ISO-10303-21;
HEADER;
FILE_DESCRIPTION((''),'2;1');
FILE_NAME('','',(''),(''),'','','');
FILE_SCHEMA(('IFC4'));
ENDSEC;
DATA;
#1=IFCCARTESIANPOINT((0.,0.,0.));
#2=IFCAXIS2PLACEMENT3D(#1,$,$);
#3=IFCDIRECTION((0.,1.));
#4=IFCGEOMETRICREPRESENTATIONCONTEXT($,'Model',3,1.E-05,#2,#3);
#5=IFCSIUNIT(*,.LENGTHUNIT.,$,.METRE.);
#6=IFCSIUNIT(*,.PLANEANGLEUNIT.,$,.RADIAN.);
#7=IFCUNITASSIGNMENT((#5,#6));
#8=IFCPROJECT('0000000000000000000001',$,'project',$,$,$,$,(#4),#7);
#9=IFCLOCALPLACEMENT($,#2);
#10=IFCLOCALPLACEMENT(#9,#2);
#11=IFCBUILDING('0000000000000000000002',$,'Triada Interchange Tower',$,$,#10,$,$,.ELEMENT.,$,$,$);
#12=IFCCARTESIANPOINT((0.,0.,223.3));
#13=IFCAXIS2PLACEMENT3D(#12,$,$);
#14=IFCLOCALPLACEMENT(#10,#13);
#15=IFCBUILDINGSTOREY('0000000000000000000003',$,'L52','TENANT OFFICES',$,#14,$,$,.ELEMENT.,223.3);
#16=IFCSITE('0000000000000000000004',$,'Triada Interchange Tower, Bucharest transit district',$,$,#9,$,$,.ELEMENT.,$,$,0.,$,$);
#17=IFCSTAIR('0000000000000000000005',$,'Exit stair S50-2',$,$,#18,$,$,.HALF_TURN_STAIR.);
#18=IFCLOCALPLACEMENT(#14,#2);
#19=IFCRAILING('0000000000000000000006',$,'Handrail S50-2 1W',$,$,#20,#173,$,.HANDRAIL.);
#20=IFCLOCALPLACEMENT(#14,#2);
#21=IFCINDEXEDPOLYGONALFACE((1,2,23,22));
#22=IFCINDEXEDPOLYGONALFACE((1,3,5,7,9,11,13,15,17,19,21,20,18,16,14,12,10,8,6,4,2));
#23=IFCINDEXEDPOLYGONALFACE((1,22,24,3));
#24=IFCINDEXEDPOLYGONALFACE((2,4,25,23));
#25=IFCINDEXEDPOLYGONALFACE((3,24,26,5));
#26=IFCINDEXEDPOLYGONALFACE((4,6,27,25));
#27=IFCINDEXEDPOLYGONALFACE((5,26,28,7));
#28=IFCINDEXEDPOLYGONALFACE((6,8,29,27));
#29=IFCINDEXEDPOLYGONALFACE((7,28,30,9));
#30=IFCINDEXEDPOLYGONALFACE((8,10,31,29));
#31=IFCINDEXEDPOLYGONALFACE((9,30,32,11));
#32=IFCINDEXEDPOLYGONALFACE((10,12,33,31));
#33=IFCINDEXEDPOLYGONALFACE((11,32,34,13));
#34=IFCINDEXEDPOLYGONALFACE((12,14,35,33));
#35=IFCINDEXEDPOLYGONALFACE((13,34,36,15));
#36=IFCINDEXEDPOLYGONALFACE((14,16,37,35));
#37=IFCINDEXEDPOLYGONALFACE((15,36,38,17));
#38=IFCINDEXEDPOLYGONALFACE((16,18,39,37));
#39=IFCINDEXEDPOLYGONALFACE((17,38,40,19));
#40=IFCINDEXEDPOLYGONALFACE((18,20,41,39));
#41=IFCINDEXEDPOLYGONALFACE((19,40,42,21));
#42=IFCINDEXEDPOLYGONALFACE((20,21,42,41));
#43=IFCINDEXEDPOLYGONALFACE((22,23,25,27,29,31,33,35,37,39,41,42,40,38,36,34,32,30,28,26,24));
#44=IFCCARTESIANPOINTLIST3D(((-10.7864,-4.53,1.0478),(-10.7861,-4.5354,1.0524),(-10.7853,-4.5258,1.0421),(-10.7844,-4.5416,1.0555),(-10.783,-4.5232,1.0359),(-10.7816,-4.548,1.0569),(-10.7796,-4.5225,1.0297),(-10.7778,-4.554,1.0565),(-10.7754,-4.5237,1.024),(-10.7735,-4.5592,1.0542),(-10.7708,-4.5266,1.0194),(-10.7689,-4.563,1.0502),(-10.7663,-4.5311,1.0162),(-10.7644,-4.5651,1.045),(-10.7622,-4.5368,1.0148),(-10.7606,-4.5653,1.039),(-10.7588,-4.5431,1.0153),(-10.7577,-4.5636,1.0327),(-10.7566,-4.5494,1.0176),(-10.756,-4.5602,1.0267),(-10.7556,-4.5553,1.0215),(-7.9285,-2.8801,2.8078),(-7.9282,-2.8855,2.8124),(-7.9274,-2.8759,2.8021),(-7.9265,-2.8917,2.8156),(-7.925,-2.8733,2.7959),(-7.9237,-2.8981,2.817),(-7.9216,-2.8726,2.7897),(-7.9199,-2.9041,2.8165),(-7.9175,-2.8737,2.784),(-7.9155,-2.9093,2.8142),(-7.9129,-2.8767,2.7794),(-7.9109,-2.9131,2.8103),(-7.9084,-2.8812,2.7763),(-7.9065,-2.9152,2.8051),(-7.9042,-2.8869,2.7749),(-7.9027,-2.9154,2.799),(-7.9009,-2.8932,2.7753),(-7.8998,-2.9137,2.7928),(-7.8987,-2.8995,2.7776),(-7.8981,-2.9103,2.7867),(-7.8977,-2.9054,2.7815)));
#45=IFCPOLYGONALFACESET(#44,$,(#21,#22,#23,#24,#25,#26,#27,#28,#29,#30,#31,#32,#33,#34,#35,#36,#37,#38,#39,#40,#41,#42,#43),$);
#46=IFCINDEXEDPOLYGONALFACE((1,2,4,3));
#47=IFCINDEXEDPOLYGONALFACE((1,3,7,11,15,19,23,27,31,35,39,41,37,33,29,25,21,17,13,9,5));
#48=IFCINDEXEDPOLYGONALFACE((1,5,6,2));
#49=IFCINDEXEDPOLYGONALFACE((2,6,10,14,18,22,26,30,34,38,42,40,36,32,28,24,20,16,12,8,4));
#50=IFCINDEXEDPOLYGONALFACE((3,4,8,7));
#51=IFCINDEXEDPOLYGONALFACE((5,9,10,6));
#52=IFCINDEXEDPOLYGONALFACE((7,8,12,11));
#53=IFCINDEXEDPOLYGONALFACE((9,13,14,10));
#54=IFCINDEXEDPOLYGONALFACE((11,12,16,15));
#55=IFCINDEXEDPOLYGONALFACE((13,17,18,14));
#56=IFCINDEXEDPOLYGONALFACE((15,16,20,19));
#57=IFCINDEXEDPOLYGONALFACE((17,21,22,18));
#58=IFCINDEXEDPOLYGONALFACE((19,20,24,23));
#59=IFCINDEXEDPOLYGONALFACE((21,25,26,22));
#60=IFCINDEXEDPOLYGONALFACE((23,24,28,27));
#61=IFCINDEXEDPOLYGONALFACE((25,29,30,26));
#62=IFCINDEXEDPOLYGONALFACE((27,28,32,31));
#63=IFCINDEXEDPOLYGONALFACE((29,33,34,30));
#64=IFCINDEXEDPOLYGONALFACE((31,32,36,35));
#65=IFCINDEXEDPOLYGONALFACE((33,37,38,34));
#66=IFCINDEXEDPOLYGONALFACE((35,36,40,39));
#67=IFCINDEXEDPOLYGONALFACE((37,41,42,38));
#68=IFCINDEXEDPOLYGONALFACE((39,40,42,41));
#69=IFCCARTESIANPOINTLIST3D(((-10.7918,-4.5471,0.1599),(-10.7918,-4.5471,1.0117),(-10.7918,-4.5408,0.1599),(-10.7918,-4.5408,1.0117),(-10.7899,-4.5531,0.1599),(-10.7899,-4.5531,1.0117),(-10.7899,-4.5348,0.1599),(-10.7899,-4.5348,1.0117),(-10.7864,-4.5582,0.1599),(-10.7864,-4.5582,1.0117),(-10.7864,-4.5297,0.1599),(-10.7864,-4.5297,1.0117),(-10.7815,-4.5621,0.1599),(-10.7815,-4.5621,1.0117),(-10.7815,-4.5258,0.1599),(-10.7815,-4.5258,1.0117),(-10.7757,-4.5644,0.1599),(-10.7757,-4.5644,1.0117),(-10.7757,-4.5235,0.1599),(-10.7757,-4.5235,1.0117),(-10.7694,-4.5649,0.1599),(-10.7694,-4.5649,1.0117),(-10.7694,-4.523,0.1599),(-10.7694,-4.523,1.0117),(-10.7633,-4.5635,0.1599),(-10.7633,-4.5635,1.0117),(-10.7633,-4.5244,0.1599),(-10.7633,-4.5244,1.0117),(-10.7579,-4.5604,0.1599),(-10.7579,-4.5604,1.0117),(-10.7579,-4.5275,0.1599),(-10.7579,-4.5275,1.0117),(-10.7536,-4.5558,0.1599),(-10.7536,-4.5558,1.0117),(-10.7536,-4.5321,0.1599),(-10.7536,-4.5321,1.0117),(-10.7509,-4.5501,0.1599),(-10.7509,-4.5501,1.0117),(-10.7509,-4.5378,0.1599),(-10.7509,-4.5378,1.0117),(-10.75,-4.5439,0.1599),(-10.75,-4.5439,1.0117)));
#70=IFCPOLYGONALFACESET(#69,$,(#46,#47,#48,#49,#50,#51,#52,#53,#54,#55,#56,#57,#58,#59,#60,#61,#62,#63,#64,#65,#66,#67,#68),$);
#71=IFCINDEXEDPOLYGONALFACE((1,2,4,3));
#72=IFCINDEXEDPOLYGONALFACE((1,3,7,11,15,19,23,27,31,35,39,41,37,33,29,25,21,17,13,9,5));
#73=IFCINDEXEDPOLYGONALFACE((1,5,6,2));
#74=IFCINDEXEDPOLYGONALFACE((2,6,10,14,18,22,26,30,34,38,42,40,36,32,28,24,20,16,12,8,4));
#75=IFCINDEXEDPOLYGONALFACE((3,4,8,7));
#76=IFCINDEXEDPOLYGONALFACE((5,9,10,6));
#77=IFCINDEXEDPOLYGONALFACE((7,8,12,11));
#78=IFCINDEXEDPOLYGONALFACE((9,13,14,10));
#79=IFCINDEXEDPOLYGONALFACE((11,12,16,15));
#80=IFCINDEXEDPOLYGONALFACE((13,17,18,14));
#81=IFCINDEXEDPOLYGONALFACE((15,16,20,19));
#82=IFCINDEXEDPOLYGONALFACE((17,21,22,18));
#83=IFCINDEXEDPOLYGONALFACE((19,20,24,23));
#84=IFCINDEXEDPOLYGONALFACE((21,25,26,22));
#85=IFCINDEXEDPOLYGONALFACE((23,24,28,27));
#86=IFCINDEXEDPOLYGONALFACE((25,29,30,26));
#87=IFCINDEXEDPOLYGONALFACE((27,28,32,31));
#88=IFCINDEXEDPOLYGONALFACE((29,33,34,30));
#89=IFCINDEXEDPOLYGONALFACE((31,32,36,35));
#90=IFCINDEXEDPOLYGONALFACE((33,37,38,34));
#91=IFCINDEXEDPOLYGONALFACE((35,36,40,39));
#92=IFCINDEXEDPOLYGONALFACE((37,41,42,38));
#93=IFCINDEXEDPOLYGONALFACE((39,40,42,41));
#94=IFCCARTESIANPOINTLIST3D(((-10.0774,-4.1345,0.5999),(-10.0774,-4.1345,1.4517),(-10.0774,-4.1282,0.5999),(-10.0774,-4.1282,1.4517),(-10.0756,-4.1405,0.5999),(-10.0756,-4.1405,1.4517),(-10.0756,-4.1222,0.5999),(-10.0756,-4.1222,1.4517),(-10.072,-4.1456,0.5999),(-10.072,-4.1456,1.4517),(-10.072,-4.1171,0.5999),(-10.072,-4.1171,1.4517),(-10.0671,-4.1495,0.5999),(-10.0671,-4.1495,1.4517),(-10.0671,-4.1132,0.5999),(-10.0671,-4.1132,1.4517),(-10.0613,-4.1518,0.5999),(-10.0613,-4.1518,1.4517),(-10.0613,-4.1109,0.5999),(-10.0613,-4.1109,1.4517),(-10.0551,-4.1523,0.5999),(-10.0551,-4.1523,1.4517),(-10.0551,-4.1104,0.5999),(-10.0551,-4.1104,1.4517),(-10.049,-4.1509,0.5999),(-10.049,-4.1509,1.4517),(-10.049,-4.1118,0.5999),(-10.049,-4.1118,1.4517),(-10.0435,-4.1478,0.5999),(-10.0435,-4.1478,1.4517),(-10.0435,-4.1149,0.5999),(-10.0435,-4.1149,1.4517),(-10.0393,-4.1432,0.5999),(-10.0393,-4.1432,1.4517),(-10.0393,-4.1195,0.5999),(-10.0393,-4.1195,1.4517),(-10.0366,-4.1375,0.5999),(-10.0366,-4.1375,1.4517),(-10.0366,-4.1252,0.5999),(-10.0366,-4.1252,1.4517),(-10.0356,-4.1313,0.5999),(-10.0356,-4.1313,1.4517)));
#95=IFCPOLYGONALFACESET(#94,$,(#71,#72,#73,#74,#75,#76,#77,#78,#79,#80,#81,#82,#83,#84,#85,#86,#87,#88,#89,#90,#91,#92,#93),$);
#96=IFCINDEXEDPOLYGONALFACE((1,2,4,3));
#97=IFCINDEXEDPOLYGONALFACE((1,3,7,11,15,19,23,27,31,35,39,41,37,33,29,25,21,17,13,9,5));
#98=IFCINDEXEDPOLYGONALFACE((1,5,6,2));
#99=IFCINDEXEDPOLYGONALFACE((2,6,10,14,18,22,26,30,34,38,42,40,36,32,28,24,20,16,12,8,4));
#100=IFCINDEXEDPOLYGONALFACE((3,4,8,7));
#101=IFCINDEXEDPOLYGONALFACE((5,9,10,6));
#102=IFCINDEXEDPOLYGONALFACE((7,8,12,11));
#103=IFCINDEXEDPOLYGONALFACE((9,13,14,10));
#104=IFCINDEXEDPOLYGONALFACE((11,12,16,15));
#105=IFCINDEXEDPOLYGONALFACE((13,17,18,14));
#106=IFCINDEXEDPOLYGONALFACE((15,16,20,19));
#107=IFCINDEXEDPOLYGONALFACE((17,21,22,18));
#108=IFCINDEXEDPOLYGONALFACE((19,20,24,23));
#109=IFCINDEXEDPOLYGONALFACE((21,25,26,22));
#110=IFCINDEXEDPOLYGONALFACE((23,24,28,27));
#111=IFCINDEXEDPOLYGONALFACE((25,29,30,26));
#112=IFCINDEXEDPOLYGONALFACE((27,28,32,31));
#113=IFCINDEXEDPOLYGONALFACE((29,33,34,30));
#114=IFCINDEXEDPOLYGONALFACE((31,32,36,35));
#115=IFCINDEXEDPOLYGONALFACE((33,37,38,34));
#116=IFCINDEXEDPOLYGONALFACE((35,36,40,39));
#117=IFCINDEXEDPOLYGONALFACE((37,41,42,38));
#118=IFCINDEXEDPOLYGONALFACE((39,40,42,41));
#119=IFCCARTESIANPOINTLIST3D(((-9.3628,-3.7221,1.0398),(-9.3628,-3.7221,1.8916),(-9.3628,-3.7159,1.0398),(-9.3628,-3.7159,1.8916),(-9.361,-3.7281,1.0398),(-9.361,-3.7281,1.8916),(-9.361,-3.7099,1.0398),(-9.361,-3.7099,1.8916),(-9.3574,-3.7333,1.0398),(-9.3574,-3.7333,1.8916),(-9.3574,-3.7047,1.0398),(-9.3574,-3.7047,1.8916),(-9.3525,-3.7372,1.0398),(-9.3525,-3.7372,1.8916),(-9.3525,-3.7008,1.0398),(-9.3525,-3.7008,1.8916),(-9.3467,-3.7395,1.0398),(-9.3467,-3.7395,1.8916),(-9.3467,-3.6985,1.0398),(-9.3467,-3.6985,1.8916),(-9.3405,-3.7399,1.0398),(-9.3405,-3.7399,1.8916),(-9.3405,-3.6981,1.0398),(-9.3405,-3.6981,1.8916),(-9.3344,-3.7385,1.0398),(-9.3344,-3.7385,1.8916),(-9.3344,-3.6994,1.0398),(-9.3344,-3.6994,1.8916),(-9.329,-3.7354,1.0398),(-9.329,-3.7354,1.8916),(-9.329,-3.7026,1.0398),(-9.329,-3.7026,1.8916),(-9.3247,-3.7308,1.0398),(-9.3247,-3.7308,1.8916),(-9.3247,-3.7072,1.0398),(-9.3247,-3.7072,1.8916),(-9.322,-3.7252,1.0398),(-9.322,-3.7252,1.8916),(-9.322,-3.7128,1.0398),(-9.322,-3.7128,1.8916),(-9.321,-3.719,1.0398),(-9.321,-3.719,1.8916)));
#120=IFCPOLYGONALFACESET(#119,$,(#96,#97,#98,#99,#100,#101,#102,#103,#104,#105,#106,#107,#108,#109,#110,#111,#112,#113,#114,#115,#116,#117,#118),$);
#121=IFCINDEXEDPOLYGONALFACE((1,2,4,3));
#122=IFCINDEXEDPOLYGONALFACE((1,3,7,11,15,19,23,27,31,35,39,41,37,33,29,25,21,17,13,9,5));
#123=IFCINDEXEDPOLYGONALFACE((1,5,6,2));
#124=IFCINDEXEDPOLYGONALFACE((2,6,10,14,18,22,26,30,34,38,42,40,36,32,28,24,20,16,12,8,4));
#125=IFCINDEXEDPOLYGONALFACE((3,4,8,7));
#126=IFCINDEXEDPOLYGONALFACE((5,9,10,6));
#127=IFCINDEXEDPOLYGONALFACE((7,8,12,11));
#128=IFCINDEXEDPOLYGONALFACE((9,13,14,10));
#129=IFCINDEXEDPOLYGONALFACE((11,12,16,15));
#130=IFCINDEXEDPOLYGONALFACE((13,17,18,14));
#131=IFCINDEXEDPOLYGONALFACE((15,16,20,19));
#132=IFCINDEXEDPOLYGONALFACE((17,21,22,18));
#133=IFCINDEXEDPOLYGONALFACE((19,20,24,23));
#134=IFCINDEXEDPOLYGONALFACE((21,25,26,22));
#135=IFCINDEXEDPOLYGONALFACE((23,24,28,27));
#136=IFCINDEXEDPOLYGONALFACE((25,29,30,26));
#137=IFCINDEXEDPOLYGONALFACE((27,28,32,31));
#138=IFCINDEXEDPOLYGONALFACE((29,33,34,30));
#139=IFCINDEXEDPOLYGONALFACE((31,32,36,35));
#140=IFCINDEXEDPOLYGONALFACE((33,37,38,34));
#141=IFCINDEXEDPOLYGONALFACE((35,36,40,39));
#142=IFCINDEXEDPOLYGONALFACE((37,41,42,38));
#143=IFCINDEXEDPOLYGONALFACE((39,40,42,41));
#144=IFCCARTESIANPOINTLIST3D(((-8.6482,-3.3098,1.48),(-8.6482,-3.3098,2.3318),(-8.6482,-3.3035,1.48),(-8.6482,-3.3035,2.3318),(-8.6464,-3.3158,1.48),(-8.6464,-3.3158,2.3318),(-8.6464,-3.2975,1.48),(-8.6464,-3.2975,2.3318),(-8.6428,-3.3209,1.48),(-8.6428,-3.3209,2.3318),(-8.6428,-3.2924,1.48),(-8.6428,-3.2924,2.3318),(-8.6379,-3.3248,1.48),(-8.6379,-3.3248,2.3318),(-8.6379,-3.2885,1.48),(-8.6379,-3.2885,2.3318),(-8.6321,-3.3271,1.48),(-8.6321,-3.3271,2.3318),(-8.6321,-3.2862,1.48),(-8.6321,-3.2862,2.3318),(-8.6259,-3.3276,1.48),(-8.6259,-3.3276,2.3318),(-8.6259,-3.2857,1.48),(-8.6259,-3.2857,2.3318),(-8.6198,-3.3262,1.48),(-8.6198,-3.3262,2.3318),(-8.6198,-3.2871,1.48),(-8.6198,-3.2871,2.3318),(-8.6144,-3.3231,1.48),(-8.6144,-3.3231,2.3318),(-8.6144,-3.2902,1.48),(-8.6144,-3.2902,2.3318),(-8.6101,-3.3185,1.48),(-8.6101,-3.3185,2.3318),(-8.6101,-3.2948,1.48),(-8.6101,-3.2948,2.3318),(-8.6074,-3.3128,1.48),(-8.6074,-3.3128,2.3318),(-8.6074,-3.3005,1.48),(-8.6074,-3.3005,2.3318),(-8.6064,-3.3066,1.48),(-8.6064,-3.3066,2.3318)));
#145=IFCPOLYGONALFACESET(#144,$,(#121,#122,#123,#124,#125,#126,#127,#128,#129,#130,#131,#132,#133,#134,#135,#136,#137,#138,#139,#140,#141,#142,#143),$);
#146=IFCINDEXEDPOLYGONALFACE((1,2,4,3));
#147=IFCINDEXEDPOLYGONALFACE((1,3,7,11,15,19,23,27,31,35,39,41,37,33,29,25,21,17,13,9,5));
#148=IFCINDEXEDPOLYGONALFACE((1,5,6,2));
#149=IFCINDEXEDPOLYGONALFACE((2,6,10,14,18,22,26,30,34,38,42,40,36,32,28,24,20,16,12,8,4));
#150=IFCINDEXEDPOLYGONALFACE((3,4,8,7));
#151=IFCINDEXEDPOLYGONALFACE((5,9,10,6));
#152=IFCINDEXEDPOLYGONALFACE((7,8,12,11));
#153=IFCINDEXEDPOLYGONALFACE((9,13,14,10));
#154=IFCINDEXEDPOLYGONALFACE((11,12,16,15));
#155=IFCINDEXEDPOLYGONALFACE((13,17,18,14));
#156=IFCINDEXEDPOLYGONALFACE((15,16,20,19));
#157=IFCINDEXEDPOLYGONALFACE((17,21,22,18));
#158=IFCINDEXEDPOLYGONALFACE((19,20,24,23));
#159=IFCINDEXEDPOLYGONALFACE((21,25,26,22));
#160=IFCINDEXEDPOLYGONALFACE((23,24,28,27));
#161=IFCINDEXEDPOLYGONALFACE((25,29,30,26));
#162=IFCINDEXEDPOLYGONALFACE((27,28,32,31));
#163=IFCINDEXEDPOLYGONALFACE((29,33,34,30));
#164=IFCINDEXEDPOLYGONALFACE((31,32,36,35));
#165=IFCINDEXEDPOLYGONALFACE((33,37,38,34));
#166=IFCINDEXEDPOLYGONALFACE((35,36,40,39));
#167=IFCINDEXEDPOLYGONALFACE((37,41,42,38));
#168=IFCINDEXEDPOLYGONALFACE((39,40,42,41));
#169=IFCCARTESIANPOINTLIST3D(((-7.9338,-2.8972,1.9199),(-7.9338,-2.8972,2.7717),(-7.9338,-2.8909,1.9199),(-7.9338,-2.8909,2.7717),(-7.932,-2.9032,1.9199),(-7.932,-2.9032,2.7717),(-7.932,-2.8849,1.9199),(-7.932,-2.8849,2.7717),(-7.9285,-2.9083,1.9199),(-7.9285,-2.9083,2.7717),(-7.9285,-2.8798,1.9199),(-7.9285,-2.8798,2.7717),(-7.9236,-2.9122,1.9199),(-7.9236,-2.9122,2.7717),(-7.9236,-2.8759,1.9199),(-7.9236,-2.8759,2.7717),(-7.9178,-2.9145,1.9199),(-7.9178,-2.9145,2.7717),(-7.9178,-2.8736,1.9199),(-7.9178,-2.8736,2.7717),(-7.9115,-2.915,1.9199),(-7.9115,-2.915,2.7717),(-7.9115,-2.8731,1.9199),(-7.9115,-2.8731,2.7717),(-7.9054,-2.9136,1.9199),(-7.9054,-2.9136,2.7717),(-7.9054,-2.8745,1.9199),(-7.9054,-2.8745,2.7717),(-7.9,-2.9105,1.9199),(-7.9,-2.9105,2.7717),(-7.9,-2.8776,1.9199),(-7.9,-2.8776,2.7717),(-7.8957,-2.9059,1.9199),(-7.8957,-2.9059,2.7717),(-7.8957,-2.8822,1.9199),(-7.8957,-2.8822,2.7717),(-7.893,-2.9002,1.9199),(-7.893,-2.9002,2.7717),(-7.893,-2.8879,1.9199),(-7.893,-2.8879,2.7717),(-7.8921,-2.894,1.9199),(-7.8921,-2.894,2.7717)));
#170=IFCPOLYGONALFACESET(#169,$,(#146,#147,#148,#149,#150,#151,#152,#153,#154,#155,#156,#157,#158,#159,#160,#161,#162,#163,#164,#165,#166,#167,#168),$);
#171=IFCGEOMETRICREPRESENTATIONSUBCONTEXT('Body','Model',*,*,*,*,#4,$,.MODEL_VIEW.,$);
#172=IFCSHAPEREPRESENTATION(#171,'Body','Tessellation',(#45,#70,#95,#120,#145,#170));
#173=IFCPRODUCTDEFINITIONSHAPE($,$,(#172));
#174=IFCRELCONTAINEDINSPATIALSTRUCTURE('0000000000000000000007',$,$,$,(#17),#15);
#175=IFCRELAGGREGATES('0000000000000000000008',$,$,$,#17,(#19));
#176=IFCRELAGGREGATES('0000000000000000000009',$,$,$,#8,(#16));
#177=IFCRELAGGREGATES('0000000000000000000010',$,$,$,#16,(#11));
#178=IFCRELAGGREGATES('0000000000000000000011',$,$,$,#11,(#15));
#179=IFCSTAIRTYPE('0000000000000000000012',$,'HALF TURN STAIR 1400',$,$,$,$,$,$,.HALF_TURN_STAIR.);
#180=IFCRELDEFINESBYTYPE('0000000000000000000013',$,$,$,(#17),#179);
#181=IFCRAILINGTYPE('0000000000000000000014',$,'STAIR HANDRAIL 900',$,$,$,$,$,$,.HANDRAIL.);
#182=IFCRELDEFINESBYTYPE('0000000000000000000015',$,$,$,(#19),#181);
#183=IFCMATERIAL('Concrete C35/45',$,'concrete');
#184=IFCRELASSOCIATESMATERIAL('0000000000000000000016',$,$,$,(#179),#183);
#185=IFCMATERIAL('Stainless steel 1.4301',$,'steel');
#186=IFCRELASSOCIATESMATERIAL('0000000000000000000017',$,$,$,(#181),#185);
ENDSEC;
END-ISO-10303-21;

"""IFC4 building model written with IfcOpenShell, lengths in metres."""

from ifc_helpers import new_model, si_unit, direction, frame, origin, origin_2d, place, context, subcontext, project, spatial, circle, extrude, material, type_object, element, aggregate, save


model = new_model("IFC4")

# Units and contexts
model_context = context("Model", 3, precision=1e-05, world=origin(), true_north=direction((0.0, 1.0)))
body_context = subcontext(model_context, "Body", "Model", "MODEL_VIEW")
ifc_project = project(units=[si_unit("LENGTHUNIT", "METRE"), si_unit("PLANEANGLEUNIT", "RADIAN")], contexts=[model_context])

# Site, building, storey
site_placement = place(None, origin())
site = spatial("IfcSite", under=ifc_project, at=site_placement, Name="Triada Interchange Tower, Bucharest transit district", CompositionType="ELEMENT", RefElevation=0.0)
building_placement = place(site_placement, origin())
building = spatial("IfcBuilding", under=site, at=building_placement, Name="Triada Interchange Tower", CompositionType="ELEMENT")
storey_placement = place(building_placement, frame((0.0, 0.0, 223.3)))
storey = spatial("IfcBuildingStorey", under=building, at=storey_placement, Name="L52", Description="TENANT OFFICES", CompositionType="ELEMENT", Elevation=223.3)

# Stair, railing
ifc_material_1 = material(Name="Concrete C35/45", Category="concrete")
stair_type = type_object("IfcStairType", Name="HALF TURN STAIR 1400", PredefinedType="HALF_TURN_STAIR", material=ifc_material_1)
stair_placement = place(storey_placement, origin())
stair = element("IfcStair", 1, at=stair_placement, inside=storey, type_object=stair_type, Name="Exit stair S50-2", PredefinedType="HALF_TURN_STAIR")
ifc_material_2 = material(Name="Stainless steel 1.4301", Category="steel")
railing_type = type_object("IfcRailingType", Name="STAIR HANDRAIL 900", PredefinedType="HANDRAIL", material=ifc_material_2)
railing_1_placement = place(storey_placement, frame((-10.771, -4.5439, 0.1599)))
railing_1 = element("IfcRailing", 2, at=railing_1_placement, type_object=railing_type, Name="Handrail S50-2 1W", PredefinedType="HANDRAIL", context=body_context, shape_type="SweptSolid", body=[
    extrude(circle(Radius=0.0239, at=origin_2d()), frame((0.0, 0.0, 0.876), z_axis=(0.764151, 0.441153, 0.470593), x_axis=(-0.499974, 0.86604, 0.0)), (0.0, 0.0, 1.0), 3.74),
    extrude(circle(Radius=0.021, at=origin_2d()), origin(), (0.0, 0.0, 1.0), 0.8518),
    extrude(circle(Radius=0.021, at=origin_2d()), frame((0.7144, 0.4126, 0.4399)), (0.0, 0.0, 1.0), 0.8518),
    extrude(circle(Radius=0.021, at=origin_2d()), frame((1.429, 0.825, 0.8799)), (0.0, 0.0, 1.0), 0.8518),
    extrude(circle(Radius=0.021, at=origin_2d()), frame((2.1436, 1.2373, 1.3201)), (0.0, 0.0, 1.0), 0.8518),
    extrude(circle(Radius=0.021, at=origin_2d()), frame((2.8579, 1.6499, 1.76)), (0.0, 0.0, 1.0), 0.8518),
])
aggregate(stair, [railing_1])

save(model, "model.ifc")
